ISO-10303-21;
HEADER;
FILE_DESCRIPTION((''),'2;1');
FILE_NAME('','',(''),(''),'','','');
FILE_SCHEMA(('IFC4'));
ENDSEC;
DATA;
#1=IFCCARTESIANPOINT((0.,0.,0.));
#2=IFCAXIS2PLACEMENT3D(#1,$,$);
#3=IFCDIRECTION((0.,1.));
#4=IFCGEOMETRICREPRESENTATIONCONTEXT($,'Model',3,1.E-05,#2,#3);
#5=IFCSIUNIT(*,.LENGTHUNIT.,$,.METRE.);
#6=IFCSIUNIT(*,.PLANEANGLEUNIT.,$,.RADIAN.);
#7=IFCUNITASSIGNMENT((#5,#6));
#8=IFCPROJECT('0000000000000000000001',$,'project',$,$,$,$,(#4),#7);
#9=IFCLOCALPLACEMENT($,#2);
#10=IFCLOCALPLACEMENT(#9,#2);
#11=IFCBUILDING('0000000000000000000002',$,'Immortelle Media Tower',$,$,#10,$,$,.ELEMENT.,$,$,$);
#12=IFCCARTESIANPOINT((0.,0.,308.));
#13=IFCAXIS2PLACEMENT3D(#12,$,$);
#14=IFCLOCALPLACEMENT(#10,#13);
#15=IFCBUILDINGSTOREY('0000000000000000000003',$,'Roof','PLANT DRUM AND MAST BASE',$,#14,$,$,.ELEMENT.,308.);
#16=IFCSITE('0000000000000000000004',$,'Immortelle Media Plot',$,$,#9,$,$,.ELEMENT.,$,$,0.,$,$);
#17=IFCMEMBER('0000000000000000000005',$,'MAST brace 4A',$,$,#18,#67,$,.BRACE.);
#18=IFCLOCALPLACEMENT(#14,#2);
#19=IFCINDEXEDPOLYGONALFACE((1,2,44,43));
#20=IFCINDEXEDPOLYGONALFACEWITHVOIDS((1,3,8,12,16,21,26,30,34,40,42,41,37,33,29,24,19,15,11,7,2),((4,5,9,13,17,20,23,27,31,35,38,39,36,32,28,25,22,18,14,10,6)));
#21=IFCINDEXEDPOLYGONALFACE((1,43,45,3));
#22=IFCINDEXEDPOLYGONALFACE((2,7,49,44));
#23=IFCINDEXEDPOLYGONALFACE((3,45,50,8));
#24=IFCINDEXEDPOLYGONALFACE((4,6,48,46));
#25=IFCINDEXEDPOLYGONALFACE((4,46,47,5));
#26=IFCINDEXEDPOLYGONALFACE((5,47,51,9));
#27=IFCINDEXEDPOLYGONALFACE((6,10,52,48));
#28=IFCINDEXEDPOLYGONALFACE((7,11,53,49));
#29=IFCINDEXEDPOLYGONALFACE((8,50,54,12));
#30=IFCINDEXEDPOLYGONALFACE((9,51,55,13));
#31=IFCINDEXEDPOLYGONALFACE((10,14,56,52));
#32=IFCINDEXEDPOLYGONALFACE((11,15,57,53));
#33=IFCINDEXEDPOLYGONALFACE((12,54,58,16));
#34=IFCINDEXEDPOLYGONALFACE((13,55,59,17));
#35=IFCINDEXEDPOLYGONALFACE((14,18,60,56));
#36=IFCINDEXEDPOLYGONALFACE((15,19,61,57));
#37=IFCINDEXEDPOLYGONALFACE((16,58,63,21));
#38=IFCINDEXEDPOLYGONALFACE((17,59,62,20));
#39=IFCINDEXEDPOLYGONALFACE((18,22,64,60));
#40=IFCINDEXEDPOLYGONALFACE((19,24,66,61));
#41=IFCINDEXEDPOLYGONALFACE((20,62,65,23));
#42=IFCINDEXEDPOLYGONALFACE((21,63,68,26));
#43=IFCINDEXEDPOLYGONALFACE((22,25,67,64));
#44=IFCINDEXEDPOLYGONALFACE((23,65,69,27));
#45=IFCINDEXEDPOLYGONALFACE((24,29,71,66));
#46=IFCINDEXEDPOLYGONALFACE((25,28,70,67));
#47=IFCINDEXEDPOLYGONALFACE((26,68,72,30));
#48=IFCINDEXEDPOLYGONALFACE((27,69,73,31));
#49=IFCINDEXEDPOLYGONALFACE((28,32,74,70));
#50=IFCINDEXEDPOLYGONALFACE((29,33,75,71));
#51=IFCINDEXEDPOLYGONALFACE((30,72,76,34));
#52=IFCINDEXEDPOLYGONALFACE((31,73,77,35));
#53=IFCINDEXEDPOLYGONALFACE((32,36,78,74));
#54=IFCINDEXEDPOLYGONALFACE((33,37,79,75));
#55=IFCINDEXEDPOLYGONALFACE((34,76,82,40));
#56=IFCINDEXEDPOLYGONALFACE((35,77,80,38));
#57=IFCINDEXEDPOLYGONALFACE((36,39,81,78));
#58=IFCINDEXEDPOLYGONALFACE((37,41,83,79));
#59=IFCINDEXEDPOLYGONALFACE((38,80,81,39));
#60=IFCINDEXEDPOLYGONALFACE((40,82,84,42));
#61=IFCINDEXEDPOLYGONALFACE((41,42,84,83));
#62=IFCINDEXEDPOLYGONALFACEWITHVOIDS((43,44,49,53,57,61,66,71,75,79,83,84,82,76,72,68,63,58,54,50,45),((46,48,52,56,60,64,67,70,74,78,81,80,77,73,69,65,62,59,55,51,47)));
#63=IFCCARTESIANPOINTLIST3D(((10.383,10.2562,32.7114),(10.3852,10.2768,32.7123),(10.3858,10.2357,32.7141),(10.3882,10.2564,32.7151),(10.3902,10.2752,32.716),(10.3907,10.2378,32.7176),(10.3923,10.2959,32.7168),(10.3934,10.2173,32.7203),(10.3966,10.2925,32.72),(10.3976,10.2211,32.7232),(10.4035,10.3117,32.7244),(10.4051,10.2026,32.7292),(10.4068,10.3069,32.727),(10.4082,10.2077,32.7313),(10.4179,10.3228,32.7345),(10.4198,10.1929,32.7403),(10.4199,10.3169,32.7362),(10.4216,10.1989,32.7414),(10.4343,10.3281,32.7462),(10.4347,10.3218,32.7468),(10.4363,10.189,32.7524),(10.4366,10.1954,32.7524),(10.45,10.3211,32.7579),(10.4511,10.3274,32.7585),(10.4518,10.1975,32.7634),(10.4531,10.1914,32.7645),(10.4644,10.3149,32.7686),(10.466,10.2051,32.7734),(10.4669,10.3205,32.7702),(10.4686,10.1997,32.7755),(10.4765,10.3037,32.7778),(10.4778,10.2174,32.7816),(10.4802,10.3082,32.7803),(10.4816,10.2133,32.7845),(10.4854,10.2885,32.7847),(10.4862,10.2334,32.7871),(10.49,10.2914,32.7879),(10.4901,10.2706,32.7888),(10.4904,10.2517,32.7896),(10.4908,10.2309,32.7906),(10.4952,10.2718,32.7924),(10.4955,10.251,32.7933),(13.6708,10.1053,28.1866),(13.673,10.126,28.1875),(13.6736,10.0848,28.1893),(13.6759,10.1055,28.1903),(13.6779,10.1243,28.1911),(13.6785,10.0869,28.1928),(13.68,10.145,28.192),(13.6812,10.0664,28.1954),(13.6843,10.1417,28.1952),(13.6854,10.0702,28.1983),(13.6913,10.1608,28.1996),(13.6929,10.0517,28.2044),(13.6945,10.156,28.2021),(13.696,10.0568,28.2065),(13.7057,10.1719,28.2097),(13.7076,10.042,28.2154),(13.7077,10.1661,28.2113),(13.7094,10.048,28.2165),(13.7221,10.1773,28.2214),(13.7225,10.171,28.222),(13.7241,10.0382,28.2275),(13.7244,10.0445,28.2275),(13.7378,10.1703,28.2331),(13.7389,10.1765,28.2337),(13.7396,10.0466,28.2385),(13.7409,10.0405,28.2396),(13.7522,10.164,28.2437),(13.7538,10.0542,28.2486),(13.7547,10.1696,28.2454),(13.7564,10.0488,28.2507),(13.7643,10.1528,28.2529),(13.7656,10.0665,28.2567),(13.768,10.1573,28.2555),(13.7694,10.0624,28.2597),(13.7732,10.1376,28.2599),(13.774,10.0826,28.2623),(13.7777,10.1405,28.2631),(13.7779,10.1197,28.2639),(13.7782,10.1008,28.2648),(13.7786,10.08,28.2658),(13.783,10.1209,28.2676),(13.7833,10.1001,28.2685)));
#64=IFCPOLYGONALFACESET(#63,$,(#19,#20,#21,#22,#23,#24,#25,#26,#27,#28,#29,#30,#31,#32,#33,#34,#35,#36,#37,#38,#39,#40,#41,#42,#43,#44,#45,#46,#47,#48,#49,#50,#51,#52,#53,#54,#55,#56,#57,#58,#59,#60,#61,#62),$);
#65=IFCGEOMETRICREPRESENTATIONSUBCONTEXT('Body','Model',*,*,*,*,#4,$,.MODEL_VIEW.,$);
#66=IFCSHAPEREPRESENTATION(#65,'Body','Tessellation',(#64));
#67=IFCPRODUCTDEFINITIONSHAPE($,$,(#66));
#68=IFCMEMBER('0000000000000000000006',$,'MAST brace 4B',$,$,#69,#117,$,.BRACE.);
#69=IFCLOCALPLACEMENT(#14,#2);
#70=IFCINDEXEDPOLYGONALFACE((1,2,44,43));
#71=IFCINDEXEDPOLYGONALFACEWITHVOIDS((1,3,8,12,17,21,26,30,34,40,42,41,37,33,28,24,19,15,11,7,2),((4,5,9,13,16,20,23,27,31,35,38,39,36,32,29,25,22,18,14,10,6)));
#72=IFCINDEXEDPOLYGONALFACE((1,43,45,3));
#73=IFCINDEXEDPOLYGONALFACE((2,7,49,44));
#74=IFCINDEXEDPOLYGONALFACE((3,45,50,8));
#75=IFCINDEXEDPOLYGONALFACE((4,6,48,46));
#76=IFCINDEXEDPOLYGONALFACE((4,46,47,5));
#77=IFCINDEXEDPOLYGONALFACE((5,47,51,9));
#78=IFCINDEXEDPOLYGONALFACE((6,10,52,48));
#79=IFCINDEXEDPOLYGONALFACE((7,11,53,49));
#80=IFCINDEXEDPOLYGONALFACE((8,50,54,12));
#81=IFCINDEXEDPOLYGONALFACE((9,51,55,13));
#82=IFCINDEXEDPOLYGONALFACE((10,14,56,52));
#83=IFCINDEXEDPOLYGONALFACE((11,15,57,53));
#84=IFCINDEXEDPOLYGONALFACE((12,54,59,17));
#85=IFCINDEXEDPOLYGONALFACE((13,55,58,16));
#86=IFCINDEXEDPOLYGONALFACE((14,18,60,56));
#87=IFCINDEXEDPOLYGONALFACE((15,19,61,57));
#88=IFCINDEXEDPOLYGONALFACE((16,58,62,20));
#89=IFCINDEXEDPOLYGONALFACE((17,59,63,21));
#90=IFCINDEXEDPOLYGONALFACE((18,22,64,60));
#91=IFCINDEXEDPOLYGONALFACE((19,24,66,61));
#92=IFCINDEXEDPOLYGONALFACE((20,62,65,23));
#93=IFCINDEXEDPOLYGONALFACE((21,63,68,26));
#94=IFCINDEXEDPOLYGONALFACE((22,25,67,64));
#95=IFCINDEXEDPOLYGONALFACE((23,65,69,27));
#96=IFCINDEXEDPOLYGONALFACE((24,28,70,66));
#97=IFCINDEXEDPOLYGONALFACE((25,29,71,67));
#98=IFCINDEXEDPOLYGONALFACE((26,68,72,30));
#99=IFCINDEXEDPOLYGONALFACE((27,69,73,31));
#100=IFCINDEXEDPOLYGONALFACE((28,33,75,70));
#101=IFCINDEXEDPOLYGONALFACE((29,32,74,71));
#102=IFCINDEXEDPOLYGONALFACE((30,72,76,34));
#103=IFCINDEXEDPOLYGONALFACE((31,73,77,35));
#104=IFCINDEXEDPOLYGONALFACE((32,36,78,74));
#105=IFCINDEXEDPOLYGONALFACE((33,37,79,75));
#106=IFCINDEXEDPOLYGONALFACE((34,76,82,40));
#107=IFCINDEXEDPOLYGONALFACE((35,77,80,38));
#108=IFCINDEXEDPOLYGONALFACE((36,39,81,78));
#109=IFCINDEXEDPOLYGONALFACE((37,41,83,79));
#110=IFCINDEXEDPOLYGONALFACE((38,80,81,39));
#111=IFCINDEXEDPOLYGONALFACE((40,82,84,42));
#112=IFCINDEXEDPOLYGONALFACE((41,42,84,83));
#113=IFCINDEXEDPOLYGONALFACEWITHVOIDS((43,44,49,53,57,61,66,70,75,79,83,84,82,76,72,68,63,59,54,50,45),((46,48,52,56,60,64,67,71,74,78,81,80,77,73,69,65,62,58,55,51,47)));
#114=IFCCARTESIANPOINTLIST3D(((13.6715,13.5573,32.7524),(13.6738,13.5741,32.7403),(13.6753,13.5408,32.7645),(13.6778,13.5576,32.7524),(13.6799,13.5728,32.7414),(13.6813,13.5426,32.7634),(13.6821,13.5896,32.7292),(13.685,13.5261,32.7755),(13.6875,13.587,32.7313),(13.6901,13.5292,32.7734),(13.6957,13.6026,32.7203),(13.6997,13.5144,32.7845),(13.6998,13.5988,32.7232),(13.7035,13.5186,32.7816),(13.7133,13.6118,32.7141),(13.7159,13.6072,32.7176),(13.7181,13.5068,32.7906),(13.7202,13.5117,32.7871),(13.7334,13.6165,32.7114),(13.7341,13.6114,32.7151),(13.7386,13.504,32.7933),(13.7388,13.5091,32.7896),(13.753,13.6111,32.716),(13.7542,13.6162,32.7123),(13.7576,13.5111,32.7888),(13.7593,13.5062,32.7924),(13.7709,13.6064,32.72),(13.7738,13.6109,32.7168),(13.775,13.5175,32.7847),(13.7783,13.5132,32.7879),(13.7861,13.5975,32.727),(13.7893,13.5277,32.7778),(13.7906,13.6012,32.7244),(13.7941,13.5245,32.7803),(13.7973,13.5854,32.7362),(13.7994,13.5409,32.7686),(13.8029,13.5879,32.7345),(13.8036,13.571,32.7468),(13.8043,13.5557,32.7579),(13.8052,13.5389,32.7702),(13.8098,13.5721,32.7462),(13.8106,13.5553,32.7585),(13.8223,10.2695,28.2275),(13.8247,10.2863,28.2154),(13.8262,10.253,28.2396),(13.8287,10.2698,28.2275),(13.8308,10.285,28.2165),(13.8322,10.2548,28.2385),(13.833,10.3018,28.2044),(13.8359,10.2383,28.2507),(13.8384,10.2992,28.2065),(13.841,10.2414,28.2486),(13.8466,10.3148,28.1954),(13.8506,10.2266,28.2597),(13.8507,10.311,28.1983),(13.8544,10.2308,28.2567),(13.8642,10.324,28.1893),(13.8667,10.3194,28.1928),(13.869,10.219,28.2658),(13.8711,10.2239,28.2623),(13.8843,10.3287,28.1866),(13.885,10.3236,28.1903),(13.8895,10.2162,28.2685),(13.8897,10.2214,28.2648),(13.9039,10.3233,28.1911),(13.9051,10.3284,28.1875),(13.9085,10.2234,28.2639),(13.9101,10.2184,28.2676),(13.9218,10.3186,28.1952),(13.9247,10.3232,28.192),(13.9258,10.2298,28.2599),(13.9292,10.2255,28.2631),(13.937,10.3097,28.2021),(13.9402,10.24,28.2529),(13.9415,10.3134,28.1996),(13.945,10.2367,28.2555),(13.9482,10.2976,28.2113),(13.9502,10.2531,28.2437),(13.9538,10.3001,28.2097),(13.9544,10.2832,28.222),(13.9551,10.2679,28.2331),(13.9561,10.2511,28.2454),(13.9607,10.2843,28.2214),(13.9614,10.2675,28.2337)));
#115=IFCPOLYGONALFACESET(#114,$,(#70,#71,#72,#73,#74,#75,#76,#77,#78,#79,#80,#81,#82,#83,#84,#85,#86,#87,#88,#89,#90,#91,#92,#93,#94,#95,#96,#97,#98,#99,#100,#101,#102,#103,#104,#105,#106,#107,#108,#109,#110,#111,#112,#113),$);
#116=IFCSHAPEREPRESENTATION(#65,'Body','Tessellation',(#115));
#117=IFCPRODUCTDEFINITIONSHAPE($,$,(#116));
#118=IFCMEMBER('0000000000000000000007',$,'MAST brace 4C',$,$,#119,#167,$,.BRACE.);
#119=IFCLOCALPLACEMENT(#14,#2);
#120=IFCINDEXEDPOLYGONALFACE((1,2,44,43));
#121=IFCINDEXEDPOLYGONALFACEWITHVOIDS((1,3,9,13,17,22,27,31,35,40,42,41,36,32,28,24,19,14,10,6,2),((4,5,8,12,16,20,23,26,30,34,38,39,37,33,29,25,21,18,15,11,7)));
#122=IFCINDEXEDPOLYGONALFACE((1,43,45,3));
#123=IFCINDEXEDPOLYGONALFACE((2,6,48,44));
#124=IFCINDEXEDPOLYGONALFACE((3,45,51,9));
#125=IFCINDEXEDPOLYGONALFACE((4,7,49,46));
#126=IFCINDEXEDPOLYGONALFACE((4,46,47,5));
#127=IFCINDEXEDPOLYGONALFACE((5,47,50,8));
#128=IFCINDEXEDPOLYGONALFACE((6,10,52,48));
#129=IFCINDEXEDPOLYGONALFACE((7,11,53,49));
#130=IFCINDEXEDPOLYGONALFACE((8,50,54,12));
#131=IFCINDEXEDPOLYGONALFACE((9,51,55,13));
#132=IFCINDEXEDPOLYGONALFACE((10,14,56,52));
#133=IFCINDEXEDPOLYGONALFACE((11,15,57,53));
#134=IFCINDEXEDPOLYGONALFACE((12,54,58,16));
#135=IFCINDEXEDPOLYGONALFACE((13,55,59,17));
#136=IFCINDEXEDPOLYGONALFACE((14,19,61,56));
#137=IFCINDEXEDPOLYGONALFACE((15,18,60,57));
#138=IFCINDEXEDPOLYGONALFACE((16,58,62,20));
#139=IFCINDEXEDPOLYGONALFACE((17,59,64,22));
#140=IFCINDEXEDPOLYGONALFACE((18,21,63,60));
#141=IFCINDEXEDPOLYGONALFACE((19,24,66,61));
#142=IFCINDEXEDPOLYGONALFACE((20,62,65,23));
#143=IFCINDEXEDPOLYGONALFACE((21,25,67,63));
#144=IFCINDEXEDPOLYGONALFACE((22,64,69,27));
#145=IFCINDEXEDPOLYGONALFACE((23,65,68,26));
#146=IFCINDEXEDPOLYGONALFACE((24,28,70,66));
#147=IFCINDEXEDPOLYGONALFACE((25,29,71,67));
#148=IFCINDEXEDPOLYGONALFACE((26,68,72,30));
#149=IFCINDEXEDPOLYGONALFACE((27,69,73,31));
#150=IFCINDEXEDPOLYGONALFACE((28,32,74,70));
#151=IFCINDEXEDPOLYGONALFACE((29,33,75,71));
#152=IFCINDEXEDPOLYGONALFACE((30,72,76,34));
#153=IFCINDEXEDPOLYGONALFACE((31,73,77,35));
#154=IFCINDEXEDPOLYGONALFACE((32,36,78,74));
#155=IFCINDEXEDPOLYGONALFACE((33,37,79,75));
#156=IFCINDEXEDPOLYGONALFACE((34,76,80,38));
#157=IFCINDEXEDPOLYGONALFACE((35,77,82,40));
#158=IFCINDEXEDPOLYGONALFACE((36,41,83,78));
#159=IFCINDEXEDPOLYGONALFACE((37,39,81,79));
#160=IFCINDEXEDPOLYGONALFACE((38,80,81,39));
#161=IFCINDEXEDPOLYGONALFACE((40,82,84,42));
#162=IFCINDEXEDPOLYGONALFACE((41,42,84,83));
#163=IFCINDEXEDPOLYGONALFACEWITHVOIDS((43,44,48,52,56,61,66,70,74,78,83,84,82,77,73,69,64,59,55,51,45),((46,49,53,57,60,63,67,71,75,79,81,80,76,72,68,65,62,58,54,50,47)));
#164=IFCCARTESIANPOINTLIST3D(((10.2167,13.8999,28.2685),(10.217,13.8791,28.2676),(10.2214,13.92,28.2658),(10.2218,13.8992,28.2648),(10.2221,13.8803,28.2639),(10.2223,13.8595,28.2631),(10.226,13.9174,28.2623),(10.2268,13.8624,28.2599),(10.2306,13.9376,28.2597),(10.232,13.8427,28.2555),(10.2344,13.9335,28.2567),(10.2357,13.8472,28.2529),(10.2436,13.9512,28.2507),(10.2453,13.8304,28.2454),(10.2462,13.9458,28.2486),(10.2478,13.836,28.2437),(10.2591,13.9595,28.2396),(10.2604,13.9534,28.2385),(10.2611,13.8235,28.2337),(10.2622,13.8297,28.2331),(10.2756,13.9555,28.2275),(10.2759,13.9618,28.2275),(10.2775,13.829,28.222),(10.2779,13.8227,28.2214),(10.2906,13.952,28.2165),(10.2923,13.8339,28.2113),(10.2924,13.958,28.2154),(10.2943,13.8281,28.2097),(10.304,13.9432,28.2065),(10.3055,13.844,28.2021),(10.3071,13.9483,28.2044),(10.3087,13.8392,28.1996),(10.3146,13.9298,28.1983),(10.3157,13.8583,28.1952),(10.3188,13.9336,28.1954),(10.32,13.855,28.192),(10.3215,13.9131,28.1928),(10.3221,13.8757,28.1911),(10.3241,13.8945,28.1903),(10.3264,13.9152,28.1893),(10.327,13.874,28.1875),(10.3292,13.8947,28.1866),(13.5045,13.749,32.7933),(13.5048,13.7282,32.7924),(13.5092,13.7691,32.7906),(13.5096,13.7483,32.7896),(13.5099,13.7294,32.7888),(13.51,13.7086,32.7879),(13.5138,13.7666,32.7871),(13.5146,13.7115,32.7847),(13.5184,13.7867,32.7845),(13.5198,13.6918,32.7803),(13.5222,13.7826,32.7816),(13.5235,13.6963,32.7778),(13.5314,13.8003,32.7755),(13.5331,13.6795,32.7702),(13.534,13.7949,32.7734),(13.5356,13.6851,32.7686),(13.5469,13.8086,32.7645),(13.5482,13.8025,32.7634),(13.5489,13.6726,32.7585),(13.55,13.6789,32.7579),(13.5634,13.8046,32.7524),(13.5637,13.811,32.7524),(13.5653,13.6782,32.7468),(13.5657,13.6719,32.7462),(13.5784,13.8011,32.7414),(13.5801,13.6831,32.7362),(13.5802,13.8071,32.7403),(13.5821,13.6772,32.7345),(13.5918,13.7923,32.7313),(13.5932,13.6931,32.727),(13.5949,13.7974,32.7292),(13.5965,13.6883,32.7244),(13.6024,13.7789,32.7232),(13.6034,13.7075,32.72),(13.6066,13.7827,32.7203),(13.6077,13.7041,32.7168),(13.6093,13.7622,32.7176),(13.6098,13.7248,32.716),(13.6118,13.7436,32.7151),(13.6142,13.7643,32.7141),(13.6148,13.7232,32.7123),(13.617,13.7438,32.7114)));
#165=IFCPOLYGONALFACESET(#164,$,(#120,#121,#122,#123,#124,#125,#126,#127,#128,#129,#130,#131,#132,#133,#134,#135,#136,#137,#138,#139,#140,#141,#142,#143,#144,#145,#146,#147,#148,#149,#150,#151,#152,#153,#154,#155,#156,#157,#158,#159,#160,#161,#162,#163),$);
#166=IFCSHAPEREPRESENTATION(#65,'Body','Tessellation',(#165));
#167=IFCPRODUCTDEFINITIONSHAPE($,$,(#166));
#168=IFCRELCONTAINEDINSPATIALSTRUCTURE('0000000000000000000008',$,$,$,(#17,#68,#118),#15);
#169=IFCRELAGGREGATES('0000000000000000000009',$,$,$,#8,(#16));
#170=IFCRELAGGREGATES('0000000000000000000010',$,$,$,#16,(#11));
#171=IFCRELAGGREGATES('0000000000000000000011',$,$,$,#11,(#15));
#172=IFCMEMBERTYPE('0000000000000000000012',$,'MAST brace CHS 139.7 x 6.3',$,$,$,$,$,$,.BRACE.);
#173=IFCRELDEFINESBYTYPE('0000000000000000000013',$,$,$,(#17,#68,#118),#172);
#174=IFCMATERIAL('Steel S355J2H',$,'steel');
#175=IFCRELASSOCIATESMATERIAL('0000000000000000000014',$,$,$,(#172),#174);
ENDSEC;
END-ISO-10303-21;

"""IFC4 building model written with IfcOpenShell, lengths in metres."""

from ifc_helpers import new_model, si_unit, direction, frame, origin, origin_2d, place, context, subcontext, project, spatial, hollow_circle, extrude, material, material_profile, profile_set, type_object, element, save


model = new_model("IFC4")

# Units and contexts
model_context = context("Model", 3, precision=1e-05, world=origin(), true_north=direction((0.0, 1.0)))
body_context = subcontext(model_context, "Body", "Model", "MODEL_VIEW")
ifc_project = project(units=[si_unit("LENGTHUNIT", "METRE"), si_unit("PLANEANGLEUNIT", "RADIAN")], contexts=[model_context])

# Site, building, storey
site_placement = place(None, origin())
site = spatial("IfcSite", under=ifc_project, at=site_placement, Name="Immortelle Media Plot", CompositionType="ELEMENT", RefElevation=0.0)
building_placement = place(site_placement, origin())
building = spatial("IfcBuilding", under=site, at=building_placement, Name="Immortelle Media Tower", CompositionType="ELEMENT")
storey_placement = place(building_placement, frame((0.0, 0.0, 308.0)))
storey = spatial("IfcBuildingStorey", under=building, at=storey_placement, Name="Roof", Description="PLANT DRUM AND MAST BASE", CompositionType="ELEMENT", Elevation=308.0)

# Members
ifc_material_1 = material(Name="Steel S355J2H", Category="steel")
ifc_material_profile_1 = material_profile(ifc_material_1, hollow_circle(Radius=0.0698, WallThickness=0.0063, at=origin_2d()), Name="CHS 139.7 x 6.3")
ifc_profile_set_1 = profile_set([ifc_material_profile_1], Name="Steel S355J2H")
member_type = type_object("IfcMemberType", Name="MAST brace CHS 139.7 x 6.3", PredefinedType="BRACE", material=ifc_profile_set_1)
for number, where, z_axis, x_axis, name in (
    (1, (13.7273, 10.1079, 28.2275), (-0.587608, 0.026965, 0.808697), (-0.045842, -0.998949, 0.0), "MAST brace 4A"),
    (2, (13.8921, 10.2727, 28.2275), (-0.026965, 0.587608, 0.808697), (-0.998949, -0.045842, 0.0), "MAST brace 4B"),
    (3, (10.2727, 13.8921, 28.2275), (0.587608, -0.026965, 0.808697), (0.045842, 0.998949, 0.0), "MAST brace 4C"),
):
    element("IfcMember", number, at=place(storey_placement, frame(where, z_axis=z_axis, x_axis=x_axis)), inside=storey, type_object=member_type, Name=name, PredefinedType="BRACE", context=body_context, shape_type="SweptSolid", body=[
        extrude(hollow_circle(Radius=0.0698, WallThickness=0.0063, at=origin_2d()), origin(), (0.0, 0.0, 1.0), 5.5952),
    ])

save(model, "model.ifc")
